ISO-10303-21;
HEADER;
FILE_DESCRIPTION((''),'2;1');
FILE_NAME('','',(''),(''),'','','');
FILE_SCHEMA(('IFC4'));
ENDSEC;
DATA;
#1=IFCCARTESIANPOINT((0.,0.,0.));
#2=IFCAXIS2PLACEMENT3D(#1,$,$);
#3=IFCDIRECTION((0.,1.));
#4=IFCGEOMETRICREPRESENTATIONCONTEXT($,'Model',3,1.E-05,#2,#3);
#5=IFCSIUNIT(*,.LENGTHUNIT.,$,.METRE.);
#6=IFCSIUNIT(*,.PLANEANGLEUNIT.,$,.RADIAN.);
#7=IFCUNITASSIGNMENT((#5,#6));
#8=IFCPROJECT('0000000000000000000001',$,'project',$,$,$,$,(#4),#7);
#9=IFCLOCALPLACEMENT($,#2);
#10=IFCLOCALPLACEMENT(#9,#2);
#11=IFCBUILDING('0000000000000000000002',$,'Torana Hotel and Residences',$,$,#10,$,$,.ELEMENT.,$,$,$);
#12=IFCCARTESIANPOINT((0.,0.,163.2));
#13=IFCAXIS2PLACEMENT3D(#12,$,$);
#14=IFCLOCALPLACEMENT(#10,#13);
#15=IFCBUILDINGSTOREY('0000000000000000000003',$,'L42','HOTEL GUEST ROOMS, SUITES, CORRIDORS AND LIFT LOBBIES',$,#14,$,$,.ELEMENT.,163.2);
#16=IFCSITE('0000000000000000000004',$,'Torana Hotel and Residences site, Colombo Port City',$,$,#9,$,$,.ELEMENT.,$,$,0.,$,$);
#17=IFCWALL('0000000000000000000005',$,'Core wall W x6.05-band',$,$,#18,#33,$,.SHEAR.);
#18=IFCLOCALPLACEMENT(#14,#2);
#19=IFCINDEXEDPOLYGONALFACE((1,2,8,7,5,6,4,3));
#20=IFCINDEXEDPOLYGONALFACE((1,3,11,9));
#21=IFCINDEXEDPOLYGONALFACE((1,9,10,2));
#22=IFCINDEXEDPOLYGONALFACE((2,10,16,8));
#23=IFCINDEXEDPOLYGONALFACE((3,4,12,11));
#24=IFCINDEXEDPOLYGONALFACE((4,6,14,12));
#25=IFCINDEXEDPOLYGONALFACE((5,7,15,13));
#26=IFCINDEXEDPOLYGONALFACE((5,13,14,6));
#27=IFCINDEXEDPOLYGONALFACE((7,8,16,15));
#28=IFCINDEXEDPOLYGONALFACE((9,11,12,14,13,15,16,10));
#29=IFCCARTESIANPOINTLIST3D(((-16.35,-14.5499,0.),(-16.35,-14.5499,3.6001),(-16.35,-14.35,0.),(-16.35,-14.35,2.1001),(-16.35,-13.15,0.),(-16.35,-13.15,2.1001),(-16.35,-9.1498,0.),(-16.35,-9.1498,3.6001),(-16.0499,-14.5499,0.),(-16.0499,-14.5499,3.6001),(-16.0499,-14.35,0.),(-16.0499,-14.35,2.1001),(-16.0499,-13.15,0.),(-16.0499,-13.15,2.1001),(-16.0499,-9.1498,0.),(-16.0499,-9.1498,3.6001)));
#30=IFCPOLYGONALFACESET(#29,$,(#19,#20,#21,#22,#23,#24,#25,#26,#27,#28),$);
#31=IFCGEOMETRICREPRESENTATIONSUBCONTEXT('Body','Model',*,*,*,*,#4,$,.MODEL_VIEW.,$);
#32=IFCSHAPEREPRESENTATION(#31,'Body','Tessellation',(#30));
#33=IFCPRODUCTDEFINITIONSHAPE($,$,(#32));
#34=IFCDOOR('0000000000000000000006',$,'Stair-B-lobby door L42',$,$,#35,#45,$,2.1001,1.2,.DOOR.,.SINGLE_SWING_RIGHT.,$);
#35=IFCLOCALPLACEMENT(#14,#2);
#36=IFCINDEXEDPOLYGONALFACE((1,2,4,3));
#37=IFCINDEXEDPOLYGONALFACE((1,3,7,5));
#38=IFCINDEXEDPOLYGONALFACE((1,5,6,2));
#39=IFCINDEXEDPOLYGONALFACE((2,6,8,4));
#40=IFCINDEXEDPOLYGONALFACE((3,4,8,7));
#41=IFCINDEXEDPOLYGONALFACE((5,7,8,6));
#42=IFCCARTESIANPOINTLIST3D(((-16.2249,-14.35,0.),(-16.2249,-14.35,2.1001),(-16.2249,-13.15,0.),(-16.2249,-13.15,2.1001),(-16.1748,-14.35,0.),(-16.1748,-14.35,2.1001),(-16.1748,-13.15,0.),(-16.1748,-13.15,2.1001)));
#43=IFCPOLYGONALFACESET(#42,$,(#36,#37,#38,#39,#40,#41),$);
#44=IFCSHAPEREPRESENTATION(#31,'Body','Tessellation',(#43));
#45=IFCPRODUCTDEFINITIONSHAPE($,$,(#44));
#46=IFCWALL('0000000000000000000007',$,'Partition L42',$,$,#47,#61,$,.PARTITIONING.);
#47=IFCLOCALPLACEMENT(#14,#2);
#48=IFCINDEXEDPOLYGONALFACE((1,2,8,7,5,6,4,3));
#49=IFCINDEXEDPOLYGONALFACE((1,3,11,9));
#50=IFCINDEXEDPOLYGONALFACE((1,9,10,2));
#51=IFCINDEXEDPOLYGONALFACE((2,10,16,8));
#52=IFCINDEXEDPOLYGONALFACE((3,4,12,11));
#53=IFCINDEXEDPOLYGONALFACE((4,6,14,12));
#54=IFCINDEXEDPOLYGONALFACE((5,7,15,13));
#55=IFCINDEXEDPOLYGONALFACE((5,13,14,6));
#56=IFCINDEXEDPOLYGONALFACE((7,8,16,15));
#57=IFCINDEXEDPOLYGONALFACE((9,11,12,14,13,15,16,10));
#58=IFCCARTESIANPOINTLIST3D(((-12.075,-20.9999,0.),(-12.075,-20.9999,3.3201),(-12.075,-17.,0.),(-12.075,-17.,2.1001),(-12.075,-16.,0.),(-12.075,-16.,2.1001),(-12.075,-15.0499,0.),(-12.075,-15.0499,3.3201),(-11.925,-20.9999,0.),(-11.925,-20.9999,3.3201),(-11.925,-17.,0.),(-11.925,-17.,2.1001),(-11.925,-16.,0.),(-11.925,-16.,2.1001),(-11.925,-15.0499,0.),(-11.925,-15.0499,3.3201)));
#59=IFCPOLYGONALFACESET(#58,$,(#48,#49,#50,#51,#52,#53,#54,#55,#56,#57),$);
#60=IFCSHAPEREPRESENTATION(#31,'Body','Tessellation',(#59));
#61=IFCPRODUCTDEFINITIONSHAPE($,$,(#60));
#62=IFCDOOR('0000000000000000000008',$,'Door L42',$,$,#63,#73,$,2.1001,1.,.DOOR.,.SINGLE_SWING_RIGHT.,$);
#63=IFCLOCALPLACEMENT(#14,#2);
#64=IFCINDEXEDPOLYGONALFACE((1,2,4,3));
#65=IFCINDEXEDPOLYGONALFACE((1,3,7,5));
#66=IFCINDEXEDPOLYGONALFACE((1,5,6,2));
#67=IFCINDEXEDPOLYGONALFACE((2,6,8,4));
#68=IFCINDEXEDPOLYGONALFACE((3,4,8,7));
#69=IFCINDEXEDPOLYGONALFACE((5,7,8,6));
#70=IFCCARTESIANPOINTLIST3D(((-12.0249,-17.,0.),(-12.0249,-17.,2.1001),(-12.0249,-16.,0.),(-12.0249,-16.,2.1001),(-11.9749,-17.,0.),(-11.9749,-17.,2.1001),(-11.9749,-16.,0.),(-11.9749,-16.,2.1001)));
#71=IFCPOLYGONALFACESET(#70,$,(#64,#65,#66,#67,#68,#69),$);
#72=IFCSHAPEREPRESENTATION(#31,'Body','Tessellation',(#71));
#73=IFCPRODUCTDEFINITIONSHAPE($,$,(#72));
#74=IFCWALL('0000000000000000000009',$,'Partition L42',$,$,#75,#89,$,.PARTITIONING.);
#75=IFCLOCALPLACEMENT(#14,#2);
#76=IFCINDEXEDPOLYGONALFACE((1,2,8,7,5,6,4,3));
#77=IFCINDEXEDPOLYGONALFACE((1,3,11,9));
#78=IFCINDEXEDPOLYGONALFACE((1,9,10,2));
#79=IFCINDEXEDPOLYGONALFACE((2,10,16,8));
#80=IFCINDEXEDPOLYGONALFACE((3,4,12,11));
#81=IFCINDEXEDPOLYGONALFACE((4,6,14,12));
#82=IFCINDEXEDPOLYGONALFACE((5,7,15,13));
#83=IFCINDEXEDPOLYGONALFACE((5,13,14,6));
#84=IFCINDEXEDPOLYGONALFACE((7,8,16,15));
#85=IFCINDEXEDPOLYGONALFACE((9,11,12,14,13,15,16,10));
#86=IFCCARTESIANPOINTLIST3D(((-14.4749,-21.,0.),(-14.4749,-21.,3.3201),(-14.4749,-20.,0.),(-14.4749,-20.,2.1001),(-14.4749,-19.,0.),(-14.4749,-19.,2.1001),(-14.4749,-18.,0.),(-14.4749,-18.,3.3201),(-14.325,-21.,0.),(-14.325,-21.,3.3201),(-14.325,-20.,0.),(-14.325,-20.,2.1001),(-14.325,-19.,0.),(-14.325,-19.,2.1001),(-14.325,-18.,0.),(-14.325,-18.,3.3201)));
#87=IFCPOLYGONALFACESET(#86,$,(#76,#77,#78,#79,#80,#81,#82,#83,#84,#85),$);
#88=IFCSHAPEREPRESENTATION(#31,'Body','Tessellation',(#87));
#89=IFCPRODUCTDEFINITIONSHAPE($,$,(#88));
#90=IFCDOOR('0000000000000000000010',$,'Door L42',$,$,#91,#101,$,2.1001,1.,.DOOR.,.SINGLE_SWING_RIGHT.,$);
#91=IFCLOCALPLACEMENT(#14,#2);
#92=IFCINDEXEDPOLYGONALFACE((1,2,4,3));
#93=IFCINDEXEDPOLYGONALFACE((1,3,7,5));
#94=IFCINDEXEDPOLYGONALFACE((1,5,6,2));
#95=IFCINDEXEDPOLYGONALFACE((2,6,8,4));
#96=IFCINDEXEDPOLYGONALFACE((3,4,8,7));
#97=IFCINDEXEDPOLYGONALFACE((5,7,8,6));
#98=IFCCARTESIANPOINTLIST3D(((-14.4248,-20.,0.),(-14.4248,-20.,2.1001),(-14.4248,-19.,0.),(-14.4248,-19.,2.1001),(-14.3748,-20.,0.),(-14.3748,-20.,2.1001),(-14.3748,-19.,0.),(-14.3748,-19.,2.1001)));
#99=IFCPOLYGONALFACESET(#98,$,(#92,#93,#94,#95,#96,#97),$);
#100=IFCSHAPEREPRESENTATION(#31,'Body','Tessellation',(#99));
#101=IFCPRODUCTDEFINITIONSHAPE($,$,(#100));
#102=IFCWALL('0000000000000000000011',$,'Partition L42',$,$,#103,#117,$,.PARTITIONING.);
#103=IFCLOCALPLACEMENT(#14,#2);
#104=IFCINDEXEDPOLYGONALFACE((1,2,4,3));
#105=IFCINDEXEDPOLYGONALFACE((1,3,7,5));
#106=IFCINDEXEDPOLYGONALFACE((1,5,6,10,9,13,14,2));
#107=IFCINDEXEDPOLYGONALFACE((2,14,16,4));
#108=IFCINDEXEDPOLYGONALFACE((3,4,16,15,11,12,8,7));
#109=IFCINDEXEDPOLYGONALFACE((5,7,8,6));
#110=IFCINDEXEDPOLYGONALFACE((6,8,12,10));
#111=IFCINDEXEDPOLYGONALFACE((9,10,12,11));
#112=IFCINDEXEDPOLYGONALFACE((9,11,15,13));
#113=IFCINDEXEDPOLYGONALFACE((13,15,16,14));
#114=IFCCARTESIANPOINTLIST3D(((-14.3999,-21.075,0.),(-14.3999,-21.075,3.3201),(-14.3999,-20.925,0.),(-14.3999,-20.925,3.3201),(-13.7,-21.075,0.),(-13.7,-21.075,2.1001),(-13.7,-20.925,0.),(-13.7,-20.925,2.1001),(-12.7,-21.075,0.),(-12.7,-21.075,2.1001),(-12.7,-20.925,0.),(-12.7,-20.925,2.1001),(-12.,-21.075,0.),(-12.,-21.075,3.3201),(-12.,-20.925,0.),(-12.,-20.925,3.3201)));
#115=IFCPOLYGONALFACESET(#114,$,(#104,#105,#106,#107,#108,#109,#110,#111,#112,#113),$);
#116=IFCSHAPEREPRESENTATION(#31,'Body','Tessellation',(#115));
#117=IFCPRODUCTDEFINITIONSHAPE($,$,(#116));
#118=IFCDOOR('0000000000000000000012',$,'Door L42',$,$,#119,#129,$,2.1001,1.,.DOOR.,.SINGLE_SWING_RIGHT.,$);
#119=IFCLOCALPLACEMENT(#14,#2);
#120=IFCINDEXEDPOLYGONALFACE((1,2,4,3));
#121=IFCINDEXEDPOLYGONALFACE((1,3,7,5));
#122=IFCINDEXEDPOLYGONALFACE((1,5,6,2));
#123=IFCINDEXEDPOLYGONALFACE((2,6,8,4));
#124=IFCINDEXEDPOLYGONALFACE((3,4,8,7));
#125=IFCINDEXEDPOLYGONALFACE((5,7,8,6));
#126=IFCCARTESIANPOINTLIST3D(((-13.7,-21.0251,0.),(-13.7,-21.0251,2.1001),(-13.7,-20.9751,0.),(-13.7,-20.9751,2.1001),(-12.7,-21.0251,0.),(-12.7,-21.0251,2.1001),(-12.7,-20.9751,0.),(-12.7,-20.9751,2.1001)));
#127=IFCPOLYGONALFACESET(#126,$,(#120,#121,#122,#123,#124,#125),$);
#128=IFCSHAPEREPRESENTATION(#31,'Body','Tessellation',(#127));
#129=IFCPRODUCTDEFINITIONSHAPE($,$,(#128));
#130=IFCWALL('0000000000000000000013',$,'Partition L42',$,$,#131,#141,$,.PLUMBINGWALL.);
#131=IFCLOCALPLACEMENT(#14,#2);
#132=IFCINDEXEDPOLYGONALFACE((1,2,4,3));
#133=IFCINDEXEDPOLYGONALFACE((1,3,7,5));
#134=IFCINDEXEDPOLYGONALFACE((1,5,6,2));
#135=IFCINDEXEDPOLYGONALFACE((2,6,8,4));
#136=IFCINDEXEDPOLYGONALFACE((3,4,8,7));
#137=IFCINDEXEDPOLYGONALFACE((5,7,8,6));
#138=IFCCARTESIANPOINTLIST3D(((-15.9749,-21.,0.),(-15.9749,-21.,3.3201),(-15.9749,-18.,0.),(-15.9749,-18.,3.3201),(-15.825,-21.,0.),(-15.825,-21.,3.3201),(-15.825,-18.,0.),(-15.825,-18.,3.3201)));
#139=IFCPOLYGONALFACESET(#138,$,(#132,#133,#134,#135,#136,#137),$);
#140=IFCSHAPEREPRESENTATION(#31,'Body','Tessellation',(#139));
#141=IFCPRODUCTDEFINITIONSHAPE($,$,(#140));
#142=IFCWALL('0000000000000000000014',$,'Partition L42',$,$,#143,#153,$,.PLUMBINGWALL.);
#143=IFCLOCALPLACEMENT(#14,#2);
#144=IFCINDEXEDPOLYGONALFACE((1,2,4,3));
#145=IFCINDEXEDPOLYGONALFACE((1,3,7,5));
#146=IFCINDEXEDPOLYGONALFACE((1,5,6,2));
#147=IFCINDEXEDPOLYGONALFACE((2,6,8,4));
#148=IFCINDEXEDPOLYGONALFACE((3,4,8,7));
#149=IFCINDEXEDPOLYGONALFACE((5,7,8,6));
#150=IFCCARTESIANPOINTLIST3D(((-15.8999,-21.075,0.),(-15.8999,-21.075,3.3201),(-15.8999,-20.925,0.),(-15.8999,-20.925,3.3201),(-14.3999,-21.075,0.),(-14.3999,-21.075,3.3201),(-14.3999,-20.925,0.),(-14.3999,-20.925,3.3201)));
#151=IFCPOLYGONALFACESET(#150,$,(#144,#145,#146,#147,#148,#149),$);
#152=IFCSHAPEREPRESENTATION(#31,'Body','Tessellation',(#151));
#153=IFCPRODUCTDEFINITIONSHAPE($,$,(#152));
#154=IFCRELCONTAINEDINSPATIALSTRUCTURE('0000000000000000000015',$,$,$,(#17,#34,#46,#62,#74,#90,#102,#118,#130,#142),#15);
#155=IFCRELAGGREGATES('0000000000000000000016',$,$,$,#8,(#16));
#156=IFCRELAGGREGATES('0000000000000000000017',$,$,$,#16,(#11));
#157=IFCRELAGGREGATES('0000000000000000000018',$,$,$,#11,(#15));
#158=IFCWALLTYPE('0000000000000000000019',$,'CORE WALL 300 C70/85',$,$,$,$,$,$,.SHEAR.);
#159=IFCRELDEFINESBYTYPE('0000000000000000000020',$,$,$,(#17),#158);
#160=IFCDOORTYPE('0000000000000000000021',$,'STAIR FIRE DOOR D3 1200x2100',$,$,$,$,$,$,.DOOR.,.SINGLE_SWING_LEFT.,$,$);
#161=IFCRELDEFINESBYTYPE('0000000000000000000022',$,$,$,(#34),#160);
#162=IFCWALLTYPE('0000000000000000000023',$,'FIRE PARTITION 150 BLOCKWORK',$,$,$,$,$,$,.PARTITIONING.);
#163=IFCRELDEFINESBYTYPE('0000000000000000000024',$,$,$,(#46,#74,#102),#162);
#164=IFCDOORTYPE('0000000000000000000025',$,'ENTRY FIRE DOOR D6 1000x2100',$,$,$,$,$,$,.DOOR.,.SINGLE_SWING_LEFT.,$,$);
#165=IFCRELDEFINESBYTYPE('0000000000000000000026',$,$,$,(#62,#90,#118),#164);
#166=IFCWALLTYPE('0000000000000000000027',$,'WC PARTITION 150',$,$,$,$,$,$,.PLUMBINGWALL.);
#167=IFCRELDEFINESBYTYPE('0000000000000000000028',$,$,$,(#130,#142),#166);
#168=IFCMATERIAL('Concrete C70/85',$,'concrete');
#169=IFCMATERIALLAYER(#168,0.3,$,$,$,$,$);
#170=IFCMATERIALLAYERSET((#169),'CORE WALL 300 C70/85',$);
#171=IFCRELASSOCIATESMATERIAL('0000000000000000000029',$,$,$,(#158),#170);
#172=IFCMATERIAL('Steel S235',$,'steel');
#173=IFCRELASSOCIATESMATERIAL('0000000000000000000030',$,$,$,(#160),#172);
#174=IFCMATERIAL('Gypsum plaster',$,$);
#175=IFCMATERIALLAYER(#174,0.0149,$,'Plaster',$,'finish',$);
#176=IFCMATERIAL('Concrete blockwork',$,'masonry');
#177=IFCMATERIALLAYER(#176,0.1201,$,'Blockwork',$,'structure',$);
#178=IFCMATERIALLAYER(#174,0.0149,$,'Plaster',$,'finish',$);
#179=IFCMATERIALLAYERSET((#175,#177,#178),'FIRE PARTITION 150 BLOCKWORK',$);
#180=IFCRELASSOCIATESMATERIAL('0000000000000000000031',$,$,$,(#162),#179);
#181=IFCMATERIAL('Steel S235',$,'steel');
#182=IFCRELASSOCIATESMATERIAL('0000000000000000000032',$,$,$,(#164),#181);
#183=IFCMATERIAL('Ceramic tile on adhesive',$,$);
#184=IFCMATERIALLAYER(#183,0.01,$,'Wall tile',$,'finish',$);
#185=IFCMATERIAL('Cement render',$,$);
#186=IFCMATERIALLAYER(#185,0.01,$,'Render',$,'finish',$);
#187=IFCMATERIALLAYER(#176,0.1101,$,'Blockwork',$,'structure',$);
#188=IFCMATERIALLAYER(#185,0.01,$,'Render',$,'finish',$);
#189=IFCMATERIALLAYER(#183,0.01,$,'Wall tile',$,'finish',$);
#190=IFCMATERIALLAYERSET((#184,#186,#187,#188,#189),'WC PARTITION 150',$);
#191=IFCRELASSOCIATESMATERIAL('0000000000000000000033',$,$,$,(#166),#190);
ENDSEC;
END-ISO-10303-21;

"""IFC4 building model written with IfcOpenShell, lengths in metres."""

from ifc_helpers import new_model, si_unit, direction, frame, frame_2d, origin, place, context, subcontext, project, spatial, rectangle, extrude, material, layer, layer_set, type_object, element, fill, save


model = new_model("IFC4")

# Units and contexts
model_context = context("Model", 3, precision=1e-05, world=origin(), true_north=direction((0.0, 1.0)))
body_context = subcontext(model_context, "Body", "Model", "MODEL_VIEW")
ifc_project = project(units=[si_unit("LENGTHUNIT", "METRE"), si_unit("PLANEANGLEUNIT", "RADIAN")], contexts=[model_context])

# Site, building, storey
site_placement = place(None, origin())
site = spatial("IfcSite", under=ifc_project, at=site_placement, Name="Torana Hotel and Residences site, Colombo Port City", CompositionType="ELEMENT", RefElevation=0.0)
building_placement = place(site_placement, origin())
building = spatial("IfcBuilding", under=site, at=building_placement, Name="Torana Hotel and Residences", CompositionType="ELEMENT")
storey_placement = place(building_placement, frame((0.0, 0.0, 163.2)))
storey = spatial("IfcBuildingStorey", under=building, at=storey_placement, Name="L42", Description="HOTEL GUEST ROOMS, SUITES, CORRIDORS AND LIFT LOBBIES", CompositionType="ELEMENT", Elevation=163.2)

# Walls, openings, doors
ifc_material_1 = material(Name="Concrete C70/85", Category="concrete")
ifc_layer_1 = layer(ifc_material_1, 0.3)
ifc_layer_set_1 = layer_set([ifc_layer_1], Name="CORE WALL 300 C70/85")
wall_type_1 = type_object("IfcWallType", Name="CORE WALL 300 C70/85", PredefinedType="SHEAR", material=ifc_layer_set_1)
ifc_material_2 = material(Name="Steel S235", Category="steel")
door_type_1 = type_object("IfcDoorType", Name="STAIR FIRE DOOR D3 1200x2100", OperationType="SINGLE_SWING_LEFT", PredefinedType="DOOR", material=ifc_material_2)
wall_1_placement = place(storey_placement, frame((-16.2, -14.55, 0.0), z_axis=(0.0, 0.0, 1.0), x_axis=(0.0, 1.0, 0.0)))
wall_1 = element("IfcWall", 1, at=wall_1_placement, inside=storey, type_object=wall_type_1, Name="Core wall W x6.05-band", PredefinedType="SHEAR", context=body_context, shape_type="SweptSolid", body=[
    extrude(rectangle(XDim=5.4001, YDim=0.3, at=frame_2d((2.7002, 0.0))), origin(), (0.0, 0.0, 1.0), 3.6001),
])
opening_1_placement = place(wall_1_placement, frame((0.2, 0.0, 0.0)))
opening_1 = element("IfcOpeningElement", 2, at=opening_1_placement, cuts=wall_1, PredefinedType="OPENING", context=body_context, shape_type="SweptSolid", body=[
    extrude(rectangle(XDim=1.2, YDim=2.1001, at=frame_2d((0.6001, 1.05))), frame((0.0, 0.1599, 0.0), z_axis=(0.0, -1.0, 0.0), x_axis=(1.0, 0.0, 0.0)), (0.0, 0.0, 1.0), 0.3201),
])
door_1_placement = place(opening_1_placement, origin())
door_1 = element("IfcDoor", 3, at=door_1_placement, inside=storey, type_object=door_type_1, Name="Stair-B-lobby door L42", OperationType="SINGLE_SWING_RIGHT", OverallHeight=2.1001, OverallWidth=1.2, PredefinedType="DOOR", context=body_context, shape_type="SweptSolid", body=[
    extrude(rectangle(XDim=1.2, YDim=2.1001, at=frame_2d((0.6001, 1.05))), frame((0.0, 0.0249, 0.0), z_axis=(0.0, -1.0, 0.0), x_axis=(1.0, 0.0, 0.0)), (0.0, 0.0, 1.0), 0.05),
])
fill(opening_1, door_1)
ifc_material_3 = material(Name="Gypsum plaster")
ifc_layer_2 = layer(ifc_material_3, 0.0149, Name="Plaster", Category="finish")
ifc_material_4 = material(Name="Concrete blockwork", Category="masonry")
ifc_layer_3 = layer(ifc_material_4, 0.1201, Name="Blockwork", Category="structure")
ifc_layer_4 = layer(ifc_material_3, 0.0149, Name="Plaster", Category="finish")
ifc_layer_set_2 = layer_set([ifc_layer_2, ifc_layer_3, ifc_layer_4], Name="FIRE PARTITION 150 BLOCKWORK")
wall_type_2 = type_object("IfcWallType", Name="FIRE PARTITION 150 BLOCKWORK", PredefinedType="PARTITIONING", material=ifc_layer_set_2)
wall_2_placement = place(storey_placement, frame((-12.0, -21.0, 0.0), z_axis=(0.0, 0.0, 1.0), x_axis=(0.0, 1.0, 0.0)))
wall_2 = element("IfcWall", 4, at=wall_2_placement, inside=storey, type_object=wall_type_2, Name="Partition L42", PredefinedType="PARTITIONING", context=body_context, shape_type="SweptSolid", body=[
    extrude(rectangle(XDim=5.95, YDim=0.1499, at=frame_2d((2.9751, 0.0))), origin(), (0.0, 0.0, 1.0), 3.3201),
])
opening_2_placement = place(wall_2_placement, frame((4.0, 0.0, 0.0)))
opening_2 = element("IfcOpeningElement", 5, at=opening_2_placement, cuts=wall_2, PredefinedType="OPENING", context=body_context, shape_type="SweptSolid", body=[
    extrude(rectangle(XDim=1.0, YDim=2.1001, at=frame_2d((0.5, 1.05))), frame((0.0, 0.085, 0.0), z_axis=(0.0, -1.0, 0.0), x_axis=(1.0, 0.0, 0.0)), (0.0, 0.0, 1.0), 0.1699),
])
ifc_material_5 = material(Name="Steel S235", Category="steel")
door_type_2 = type_object("IfcDoorType", Name="ENTRY FIRE DOOR D6 1000x2100", OperationType="SINGLE_SWING_LEFT", PredefinedType="DOOR", material=ifc_material_5)
door_2_placement = place(opening_2_placement, origin())
door_2 = element("IfcDoor", 6, at=door_2_placement, inside=storey, type_object=door_type_2, Name="Door L42", OperationType="SINGLE_SWING_RIGHT", OverallHeight=2.1001, OverallWidth=1.0, PredefinedType="DOOR", context=body_context, shape_type="SweptSolid", body=[
    extrude(rectangle(XDim=1.0, YDim=2.1001, at=frame_2d((0.5, 1.05))), frame((0.0, 0.0249, 0.0), z_axis=(0.0, -1.0, 0.0), x_axis=(1.0, 0.0, 0.0)), (0.0, 0.0, 1.0), 0.05),
])
fill(opening_2, door_2)
wall_3_placement = place(storey_placement, frame((-14.3999, -21.0, 0.0), z_axis=(0.0, 0.0, 1.0), x_axis=(0.0, 1.0, 0.0)))
wall_3 = element("IfcWall", 7, at=wall_3_placement, inside=storey, type_object=wall_type_2, Name="Partition L42", PredefinedType="PARTITIONING", context=body_context, shape_type="SweptSolid", body=[
    extrude(rectangle(XDim=3.0, YDim=0.1499, at=frame_2d((1.5, 0.0))), origin(), (0.0, 0.0, 1.0), 3.3201),
])
opening_3_placement = place(wall_3_placement, frame((1.0, 0.0, 0.0)))
opening_3 = element("IfcOpeningElement", 8, at=opening_3_placement, cuts=wall_3, PredefinedType="OPENING", context=body_context, shape_type="SweptSolid", body=[
    extrude(rectangle(XDim=1.0, YDim=2.1001, at=frame_2d((0.5, 1.05))), frame((0.0, 0.085, 0.0), z_axis=(0.0, -1.0, 0.0), x_axis=(1.0, 0.0, 0.0)), (0.0, 0.0, 1.0), 0.1699),
])
door_3_placement = place(opening_3_placement, origin())
door_3 = element("IfcDoor", 9, at=door_3_placement, inside=storey, type_object=door_type_2, Name="Door L42", OperationType="SINGLE_SWING_RIGHT", OverallHeight=2.1001, OverallWidth=1.0, PredefinedType="DOOR", context=body_context, shape_type="SweptSolid", body=[
    extrude(rectangle(XDim=1.0, YDim=2.1001, at=frame_2d((0.5, 1.05))), frame((0.0, 0.0249, 0.0), z_axis=(0.0, -1.0, 0.0), x_axis=(1.0, 0.0, 0.0)), (0.0, 0.0, 1.0), 0.05),
])
fill(opening_3, door_3)
wall_4_placement = place(storey_placement, frame((-14.3999, -21.0, 0.0), z_axis=(0.0, 0.0, 1.0), x_axis=(1.0, 0.0, 0.0)))
wall_4 = element("IfcWall", 10, at=wall_4_placement, inside=storey, type_object=wall_type_2, Name="Partition L42", PredefinedType="PARTITIONING", context=body_context, shape_type="SweptSolid", body=[
    extrude(rectangle(XDim=2.3999, YDim=0.1499, at=frame_2d((1.2, 0.0))), origin(), (0.0, 0.0, 1.0), 3.3201),
])
opening_4_placement = place(wall_4_placement, frame((0.7, 0.0, 0.0)))
opening_4 = element("IfcOpeningElement", 11, at=opening_4_placement, cuts=wall_4, PredefinedType="OPENING", context=body_context, shape_type="SweptSolid", body=[
    extrude(rectangle(XDim=1.0, YDim=2.1001, at=frame_2d((0.5, 1.05))), frame((0.0, 0.085, 0.0), z_axis=(0.0, -1.0, 0.0), x_axis=(1.0, 0.0, 0.0)), (0.0, 0.0, 1.0), 0.1699),
])
door_4_placement = place(opening_4_placement, frame((0.5, 0.0, 0.0), z_axis=(0.0, 0.0, 1.0), x_axis=(-1.0, 0.0, 0.0)))
door_4 = element("IfcDoor", 12, at=door_4_placement, inside=storey, type_object=door_type_2, Name="Door L42", OperationType="SINGLE_SWING_RIGHT", OverallHeight=2.1001, OverallWidth=1.0, PredefinedType="DOOR", context=body_context, shape_type="SweptSolid", body=[
    extrude(rectangle(XDim=1.0, YDim=2.1001, at=frame_2d((0.0, 1.05))), frame((0.0, -0.0249, 0.0), z_axis=(0.0, 1.0, 0.0), x_axis=(-1.0, 0.0, 0.0)), (0.0, 0.0, 1.0), 0.05),
])
fill(opening_4, door_4)

# Walls
ifc_material_6 = material(Name="Ceramic tile on adhesive")
ifc_layer_5 = layer(ifc_material_6, 0.01, Name="Wall tile", Category="finish")
ifc_material_7 = material(Name="Cement render")
ifc_layer_6 = layer(ifc_material_7, 0.01, Name="Render", Category="finish")
ifc_layer_7 = layer(ifc_material_4, 0.1101, Name="Blockwork", Category="structure")
ifc_layer_8 = layer(ifc_material_7, 0.01, Name="Render", Category="finish")
ifc_layer_9 = layer(ifc_material_6, 0.01, Name="Wall tile", Category="finish")
ifc_layer_set_3 = layer_set([ifc_layer_5, ifc_layer_6, ifc_layer_7, ifc_layer_8, ifc_layer_9], Name="WC PARTITION 150")
wall_type_3 = type_object("IfcWallType", Name="WC PARTITION 150", PredefinedType="PLUMBINGWALL", material=ifc_layer_set_3)
wall_5_placement = place(storey_placement, frame((-15.8999, -21.0, 0.0), z_axis=(0.0, 0.0, 1.0), x_axis=(0.0, 1.0, 0.0)))
element("IfcWall", 13, at=wall_5_placement, inside=storey, type_object=wall_type_3, Name="Partition L42", PredefinedType="PLUMBINGWALL", context=body_context, shape_type="SweptSolid", body=[
    extrude(rectangle(XDim=3.0, YDim=0.1499, at=frame_2d((1.5, 0.0))), origin(), (0.0, 0.0, 1.0), 3.3201),
])
wall_6_placement = place(storey_placement, frame((-15.8999, -21.0, 0.0), z_axis=(0.0, 0.0, 1.0), x_axis=(1.0, 0.0, 0.0)))
element("IfcWall", 14, at=wall_6_placement, inside=storey, type_object=wall_type_3, Name="Partition L42", PredefinedType="PLUMBINGWALL", context=body_context, shape_type="SweptSolid", body=[
    extrude(rectangle(XDim=1.5, YDim=0.1499, at=frame_2d((0.75, 0.0))), origin(), (0.0, 0.0, 1.0), 3.3201),
])

save(model, "model.ifc")
